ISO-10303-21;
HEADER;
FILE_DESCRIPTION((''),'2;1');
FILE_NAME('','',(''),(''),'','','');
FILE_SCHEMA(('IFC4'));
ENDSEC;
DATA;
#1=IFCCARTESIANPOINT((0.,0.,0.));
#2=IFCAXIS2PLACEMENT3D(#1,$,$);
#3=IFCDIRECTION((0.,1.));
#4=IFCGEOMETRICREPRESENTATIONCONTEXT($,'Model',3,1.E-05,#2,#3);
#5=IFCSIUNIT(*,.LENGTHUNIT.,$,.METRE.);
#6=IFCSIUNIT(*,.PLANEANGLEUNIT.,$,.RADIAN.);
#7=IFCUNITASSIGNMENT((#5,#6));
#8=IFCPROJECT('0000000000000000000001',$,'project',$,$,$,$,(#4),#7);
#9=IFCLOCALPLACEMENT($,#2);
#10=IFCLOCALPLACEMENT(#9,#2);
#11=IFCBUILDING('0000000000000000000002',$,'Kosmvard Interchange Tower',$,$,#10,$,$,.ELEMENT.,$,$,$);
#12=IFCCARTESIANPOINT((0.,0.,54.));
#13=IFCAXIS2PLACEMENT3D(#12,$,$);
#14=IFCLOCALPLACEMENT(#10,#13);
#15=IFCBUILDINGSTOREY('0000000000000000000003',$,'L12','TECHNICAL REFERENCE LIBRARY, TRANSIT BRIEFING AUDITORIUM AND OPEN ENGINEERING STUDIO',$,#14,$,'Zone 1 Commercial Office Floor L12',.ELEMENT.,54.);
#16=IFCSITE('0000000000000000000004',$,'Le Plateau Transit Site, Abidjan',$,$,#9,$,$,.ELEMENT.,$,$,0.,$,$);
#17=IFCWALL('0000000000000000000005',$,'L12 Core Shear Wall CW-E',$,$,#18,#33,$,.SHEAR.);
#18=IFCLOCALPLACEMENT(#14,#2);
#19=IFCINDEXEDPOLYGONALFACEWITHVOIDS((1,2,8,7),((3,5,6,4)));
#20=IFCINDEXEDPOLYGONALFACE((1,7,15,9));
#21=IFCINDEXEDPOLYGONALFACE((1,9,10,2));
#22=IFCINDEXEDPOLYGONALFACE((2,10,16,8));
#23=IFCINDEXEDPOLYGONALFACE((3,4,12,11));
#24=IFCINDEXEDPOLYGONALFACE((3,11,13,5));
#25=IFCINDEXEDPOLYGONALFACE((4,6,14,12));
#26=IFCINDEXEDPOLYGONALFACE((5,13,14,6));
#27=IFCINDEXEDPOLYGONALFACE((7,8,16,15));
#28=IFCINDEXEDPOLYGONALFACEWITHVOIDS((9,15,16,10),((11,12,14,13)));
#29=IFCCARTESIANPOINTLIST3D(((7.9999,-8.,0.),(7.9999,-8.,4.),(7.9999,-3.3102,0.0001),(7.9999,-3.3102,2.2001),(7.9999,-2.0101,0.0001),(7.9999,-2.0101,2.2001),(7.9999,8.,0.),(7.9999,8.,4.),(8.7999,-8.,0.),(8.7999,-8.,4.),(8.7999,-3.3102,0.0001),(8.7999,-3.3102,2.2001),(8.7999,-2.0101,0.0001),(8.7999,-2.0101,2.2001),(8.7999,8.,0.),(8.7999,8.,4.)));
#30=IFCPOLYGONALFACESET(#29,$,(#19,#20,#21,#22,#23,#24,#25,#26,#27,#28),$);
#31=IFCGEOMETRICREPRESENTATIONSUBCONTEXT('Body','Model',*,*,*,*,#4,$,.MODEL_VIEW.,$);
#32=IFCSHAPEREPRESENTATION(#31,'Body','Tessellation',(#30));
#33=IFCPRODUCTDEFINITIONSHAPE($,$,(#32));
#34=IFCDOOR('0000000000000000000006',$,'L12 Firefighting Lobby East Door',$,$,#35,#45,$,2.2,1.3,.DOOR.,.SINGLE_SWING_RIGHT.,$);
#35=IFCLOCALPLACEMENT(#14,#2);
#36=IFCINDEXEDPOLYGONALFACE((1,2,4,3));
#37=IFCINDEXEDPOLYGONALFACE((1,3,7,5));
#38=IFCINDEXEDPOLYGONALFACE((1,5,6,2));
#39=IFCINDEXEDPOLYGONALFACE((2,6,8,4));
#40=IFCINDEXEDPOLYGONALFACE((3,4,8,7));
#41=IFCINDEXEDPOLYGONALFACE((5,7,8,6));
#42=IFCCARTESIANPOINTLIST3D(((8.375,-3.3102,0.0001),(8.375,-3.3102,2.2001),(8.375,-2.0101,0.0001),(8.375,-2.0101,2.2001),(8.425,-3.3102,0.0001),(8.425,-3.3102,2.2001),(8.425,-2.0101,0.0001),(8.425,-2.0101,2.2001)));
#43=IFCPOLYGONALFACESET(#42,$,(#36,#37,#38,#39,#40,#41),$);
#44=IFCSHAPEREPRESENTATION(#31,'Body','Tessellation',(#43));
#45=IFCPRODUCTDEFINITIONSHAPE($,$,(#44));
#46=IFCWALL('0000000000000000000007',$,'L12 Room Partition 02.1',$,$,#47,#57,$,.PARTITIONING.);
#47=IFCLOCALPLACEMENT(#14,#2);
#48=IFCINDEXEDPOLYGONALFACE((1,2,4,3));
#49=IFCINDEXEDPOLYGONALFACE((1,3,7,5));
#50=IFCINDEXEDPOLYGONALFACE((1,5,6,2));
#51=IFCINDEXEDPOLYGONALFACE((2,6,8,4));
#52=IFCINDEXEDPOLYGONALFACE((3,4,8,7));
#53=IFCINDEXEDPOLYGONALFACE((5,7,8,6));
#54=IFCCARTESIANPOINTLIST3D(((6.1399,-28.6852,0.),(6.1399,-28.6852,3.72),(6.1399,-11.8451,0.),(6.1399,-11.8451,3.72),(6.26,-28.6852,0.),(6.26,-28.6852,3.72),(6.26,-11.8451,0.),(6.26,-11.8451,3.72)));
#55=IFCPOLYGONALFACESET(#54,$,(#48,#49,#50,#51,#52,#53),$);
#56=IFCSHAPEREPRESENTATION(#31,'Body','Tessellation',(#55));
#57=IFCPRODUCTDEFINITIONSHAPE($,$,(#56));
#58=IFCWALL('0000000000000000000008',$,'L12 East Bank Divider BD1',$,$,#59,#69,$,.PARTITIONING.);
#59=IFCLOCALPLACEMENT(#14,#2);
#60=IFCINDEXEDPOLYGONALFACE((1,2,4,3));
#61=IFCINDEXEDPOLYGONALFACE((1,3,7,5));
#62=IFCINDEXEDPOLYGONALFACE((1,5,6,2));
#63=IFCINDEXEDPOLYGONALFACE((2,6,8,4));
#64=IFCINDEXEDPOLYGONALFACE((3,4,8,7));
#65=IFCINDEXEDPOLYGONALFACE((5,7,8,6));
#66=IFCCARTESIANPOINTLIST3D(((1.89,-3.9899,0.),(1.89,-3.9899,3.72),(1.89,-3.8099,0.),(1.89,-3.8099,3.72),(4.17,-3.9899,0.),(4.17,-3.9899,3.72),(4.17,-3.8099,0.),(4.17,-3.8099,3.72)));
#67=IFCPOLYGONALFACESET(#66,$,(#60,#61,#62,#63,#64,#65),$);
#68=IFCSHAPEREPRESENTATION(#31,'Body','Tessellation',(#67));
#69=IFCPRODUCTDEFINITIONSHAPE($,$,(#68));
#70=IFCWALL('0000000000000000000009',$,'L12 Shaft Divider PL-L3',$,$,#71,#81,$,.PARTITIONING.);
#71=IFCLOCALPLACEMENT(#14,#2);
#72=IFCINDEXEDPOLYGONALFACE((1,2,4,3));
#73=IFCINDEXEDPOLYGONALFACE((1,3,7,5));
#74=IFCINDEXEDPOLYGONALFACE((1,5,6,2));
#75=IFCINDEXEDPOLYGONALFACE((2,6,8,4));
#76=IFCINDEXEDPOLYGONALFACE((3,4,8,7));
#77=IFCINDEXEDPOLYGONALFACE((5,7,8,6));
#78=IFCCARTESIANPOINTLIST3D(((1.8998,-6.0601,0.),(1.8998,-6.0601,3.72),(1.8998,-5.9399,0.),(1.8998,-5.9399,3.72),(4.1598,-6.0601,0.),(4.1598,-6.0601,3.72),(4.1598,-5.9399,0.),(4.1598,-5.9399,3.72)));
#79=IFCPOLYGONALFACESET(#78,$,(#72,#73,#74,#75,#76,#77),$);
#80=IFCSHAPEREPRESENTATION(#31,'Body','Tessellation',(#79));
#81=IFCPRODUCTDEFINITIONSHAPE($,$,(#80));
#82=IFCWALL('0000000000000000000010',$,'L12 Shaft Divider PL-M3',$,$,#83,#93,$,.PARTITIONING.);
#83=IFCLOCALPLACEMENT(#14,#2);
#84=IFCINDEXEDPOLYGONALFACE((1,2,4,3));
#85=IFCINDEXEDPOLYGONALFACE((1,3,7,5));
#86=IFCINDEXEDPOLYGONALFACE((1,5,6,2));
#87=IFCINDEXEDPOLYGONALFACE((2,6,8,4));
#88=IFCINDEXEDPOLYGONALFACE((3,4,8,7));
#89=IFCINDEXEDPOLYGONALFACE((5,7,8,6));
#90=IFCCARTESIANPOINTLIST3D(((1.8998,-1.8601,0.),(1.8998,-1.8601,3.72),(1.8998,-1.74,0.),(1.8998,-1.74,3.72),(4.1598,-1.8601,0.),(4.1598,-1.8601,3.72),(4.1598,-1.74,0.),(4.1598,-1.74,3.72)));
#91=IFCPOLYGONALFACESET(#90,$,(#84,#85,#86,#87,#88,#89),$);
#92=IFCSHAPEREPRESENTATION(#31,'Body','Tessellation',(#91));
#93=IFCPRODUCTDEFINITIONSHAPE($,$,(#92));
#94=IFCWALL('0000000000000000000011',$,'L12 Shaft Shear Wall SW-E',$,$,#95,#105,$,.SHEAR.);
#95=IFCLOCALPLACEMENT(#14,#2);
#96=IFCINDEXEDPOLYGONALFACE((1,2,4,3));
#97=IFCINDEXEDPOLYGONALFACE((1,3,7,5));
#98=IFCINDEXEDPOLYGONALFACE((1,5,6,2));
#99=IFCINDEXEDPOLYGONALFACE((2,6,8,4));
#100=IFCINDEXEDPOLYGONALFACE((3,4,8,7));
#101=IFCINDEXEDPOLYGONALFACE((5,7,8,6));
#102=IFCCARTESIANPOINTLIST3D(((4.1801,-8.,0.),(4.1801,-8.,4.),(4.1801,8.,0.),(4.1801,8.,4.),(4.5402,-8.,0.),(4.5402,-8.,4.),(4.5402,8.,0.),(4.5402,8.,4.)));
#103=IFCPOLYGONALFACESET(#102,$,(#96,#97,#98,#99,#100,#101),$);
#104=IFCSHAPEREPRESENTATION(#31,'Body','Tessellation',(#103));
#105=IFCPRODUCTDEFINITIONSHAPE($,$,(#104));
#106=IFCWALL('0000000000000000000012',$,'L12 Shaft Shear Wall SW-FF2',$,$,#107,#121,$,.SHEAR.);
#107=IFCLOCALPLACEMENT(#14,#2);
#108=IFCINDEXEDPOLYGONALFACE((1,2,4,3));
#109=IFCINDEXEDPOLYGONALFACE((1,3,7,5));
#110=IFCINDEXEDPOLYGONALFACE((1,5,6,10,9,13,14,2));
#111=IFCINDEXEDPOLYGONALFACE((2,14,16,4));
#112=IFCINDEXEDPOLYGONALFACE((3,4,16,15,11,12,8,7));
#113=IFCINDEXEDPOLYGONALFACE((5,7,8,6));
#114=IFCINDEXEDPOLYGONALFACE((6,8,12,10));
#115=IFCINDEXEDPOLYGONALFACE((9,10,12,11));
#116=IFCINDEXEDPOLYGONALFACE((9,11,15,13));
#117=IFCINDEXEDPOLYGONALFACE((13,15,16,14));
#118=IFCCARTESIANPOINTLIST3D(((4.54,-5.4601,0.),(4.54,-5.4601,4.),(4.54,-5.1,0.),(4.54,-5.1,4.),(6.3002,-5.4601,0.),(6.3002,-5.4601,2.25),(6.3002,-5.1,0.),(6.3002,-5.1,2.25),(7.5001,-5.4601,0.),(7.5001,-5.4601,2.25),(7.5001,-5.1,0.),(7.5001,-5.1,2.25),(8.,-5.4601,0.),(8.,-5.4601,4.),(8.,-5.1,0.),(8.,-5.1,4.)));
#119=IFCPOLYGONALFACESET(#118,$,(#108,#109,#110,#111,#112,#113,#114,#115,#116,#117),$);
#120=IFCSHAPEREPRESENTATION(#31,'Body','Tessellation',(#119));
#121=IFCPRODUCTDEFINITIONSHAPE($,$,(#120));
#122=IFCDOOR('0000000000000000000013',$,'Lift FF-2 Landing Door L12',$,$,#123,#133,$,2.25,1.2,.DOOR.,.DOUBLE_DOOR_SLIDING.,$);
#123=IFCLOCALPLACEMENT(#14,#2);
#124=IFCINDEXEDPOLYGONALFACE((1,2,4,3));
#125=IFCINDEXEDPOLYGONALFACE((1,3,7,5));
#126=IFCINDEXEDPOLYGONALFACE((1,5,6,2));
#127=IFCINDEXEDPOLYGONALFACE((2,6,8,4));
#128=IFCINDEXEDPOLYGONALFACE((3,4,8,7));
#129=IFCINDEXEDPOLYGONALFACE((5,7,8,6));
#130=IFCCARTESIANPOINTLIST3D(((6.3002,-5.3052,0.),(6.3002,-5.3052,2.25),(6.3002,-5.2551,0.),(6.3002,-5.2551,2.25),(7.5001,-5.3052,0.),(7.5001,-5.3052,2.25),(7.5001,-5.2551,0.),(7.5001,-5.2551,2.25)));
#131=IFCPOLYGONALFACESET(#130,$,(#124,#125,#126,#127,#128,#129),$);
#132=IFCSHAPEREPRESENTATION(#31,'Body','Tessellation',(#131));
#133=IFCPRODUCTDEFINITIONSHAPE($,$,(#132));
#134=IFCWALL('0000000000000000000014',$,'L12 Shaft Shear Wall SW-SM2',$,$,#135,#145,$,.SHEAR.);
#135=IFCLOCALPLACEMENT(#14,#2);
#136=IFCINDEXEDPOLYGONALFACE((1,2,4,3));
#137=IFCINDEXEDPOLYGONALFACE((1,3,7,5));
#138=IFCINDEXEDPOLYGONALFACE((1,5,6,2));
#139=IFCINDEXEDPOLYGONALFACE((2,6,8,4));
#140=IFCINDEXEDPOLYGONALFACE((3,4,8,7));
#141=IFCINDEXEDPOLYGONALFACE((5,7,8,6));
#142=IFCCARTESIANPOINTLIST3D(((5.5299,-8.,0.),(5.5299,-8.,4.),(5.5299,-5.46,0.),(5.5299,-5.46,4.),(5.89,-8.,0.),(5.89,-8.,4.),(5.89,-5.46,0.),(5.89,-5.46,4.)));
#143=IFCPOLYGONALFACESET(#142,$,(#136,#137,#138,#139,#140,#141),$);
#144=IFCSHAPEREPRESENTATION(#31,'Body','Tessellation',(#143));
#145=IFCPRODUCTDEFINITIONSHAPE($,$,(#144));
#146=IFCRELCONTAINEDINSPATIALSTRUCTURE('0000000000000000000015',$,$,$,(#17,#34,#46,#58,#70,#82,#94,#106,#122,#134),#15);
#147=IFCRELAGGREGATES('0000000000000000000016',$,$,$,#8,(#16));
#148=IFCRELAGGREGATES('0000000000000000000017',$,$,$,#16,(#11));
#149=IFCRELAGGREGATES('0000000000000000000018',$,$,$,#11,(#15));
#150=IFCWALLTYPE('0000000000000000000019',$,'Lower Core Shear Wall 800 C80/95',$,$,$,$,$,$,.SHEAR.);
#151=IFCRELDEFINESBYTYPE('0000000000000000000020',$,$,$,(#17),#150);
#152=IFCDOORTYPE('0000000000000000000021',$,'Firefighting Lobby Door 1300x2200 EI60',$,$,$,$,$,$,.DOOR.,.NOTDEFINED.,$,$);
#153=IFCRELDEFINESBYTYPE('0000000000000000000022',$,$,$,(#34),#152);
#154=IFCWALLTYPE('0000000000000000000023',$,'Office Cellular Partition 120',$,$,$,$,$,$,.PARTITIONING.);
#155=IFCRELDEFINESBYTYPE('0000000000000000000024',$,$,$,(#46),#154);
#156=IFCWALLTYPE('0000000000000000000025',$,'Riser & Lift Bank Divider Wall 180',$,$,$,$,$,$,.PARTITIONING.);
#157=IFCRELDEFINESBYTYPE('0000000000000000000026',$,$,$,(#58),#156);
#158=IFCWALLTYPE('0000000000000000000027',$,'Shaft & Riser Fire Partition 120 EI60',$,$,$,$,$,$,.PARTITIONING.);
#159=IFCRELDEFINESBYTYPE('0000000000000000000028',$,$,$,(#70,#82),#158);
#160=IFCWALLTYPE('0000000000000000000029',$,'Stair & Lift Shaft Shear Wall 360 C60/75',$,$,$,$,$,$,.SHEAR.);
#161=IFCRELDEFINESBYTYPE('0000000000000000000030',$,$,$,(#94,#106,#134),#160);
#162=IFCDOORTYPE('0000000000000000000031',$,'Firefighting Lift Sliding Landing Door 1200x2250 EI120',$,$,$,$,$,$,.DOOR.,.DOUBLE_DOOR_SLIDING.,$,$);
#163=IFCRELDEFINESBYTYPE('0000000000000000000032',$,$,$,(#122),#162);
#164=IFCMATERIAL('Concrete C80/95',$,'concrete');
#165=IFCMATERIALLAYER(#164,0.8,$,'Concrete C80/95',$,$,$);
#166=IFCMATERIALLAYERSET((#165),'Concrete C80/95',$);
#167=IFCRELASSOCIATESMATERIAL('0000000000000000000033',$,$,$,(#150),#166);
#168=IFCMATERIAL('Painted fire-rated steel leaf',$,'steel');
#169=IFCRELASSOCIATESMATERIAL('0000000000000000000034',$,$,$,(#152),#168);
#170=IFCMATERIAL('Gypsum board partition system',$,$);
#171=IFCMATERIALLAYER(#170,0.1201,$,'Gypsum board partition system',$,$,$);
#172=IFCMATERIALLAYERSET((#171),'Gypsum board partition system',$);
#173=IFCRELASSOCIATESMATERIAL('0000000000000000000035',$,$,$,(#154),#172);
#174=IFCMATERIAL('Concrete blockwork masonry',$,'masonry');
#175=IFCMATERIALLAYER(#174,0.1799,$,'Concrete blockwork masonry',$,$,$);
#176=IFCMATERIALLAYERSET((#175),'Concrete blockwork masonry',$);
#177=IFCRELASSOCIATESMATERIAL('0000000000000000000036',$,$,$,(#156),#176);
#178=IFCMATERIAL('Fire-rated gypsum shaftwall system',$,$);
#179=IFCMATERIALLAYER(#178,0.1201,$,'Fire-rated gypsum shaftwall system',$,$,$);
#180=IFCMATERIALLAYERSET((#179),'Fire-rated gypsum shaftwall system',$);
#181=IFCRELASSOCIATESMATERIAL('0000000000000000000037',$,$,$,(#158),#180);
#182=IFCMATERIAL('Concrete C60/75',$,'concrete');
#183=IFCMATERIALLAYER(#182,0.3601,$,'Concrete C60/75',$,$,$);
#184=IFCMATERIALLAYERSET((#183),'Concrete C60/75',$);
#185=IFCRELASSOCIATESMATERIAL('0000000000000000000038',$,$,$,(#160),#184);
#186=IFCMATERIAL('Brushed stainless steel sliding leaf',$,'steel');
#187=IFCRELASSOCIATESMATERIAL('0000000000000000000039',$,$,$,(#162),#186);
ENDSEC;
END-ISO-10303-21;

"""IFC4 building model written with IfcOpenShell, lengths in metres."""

from ifc_helpers import new_model, si_unit, direction, frame, frame_2d, origin, place, context, subcontext, project, spatial, rectangle, extrude, source, transform, mapped, material, layer, layer_set, type_object, element, fill, save


model = new_model("IFC4")

# Units and contexts
model_context = context("Model", 3, precision=1e-05, world=origin(), true_north=direction((0.0, 1.0)))
body_context = subcontext(model_context, "Body", "Model", "MODEL_VIEW")
ifc_project = project(units=[si_unit("LENGTHUNIT", "METRE"), si_unit("PLANEANGLEUNIT", "RADIAN")], contexts=[model_context])

# Site, building, storey
site_placement = place(None, origin())
site = spatial("IfcSite", under=ifc_project, at=site_placement, Name="Le Plateau Transit Site, Abidjan", CompositionType="ELEMENT", RefElevation=0.0)
building_placement = place(site_placement, origin())
building = spatial("IfcBuilding", under=site, at=building_placement, Name="Kosmvard Interchange Tower", CompositionType="ELEMENT")
storey_placement = place(building_placement, frame((0.0, 0.0, 54.0)))
storey = spatial("IfcBuildingStorey", under=building, at=storey_placement, Name="L12", Description="TECHNICAL REFERENCE LIBRARY, TRANSIT BRIEFING AUDITORIUM AND OPEN ENGINEERING STUDIO", LongName="Zone 1 Commercial Office Floor L12", CompositionType="ELEMENT", Elevation=54.0)

# Shared definitions
ifc_material_1 = material(Name="Concrete C80/95", Category="concrete")
ifc_material_2 = material(Name="Concrete C60/75", Category="concrete")

# Shared definitions
ifc_material_3 = material(Name="Brushed stainless steel sliding leaf", Category="steel")

# Wall, opening, door
ifc_layer_1 = layer(ifc_material_1, 0.8, Name="Concrete C80/95")
ifc_layer_set_1 = layer_set([ifc_layer_1], Name="Concrete C80/95")
wall_type_1 = type_object("IfcWallType", Name="Lower Core Shear Wall 800 C80/95", PredefinedType="SHEAR", material=ifc_layer_set_1)
wall_1_placement = place(storey_placement, frame((8.3999, -8.0, 0.0), z_axis=(0.0, 0.0, 1.0), x_axis=(0.0, 1.0, 0.0)))
wall_1 = element("IfcWall", 1, at=wall_1_placement, inside=storey, type_object=wall_type_1, Name="L12 Core Shear Wall CW-E", PredefinedType="SHEAR", context=body_context, shape_type="SweptSolid", body=[
    extrude(rectangle(XDim=16.0, YDim=0.8, at=frame_2d((8.0, 0.0))), origin(), (0.0, 0.0, 1.0), 4.0),
])
opening_1_placement = place(wall_1_placement, frame((4.6899, 0.0, 0.0)))
opening_1 = element("IfcOpeningElement", 2, at=opening_1_placement, cuts=wall_1, PredefinedType="OPENING", context=body_context, shape_type="SweptSolid", body=[
    extrude(rectangle(XDim=1.3, YDim=2.2, at=frame_2d((0.6499, 1.1001))), frame((0.0, 0.4102, 0.0), z_axis=(0.0, -1.0, 0.0), x_axis=(1.0, 0.0, 0.0)), (0.0, 0.0, 1.0), 0.8201),
])
ifc_material_4 = material(Name="Painted fire-rated steel leaf", Category="steel")
door_type_1 = type_object("IfcDoorType", Name="Firefighting Lobby Door 1300x2200 EI60", OperationType="NOTDEFINED", PredefinedType="DOOR", material=ifc_material_4)
shared_shape_1 = source(origin(), body_context, "Body", "SweptSolid", [
    extrude(rectangle(XDim=1.3, YDim=2.2, at=frame_2d((0.6499, 1.1001))), frame((0.0, 0.0249, 0.0), z_axis=(0.0, -1.0, 0.0), x_axis=(1.0, 0.0, 0.0)), (0.0, 0.0, 1.0), 0.05),
])
door_1_placement = place(opening_1_placement, origin())
door_1 = element("IfcDoor", 3, at=door_1_placement, inside=storey, type_object=door_type_1, Name="L12 Firefighting Lobby East Door", OperationType="SINGLE_SWING_RIGHT", OverallHeight=2.2, OverallWidth=1.3, PredefinedType="DOOR", context=body_context, shape_type="MappedRepresentation", body=[
    mapped(shared_shape_1, transform((0.0, 0.0, 0.0), scale=1.0)),
])
fill(opening_1, door_1)

# Walls
ifc_material_5 = material(Name="Gypsum board partition system")
ifc_layer_2 = layer(ifc_material_5, 0.1201, Name="Gypsum board partition system")
ifc_layer_set_2 = layer_set([ifc_layer_2], Name="Gypsum board partition system")
wall_type_2 = type_object("IfcWallType", Name="Office Cellular Partition 120", PredefinedType="PARTITIONING", material=ifc_layer_set_2)
wall_2_placement = place(storey_placement, frame((6.2, -28.6851, 0.0), z_axis=(0.0, 0.0, 1.0), x_axis=(0.0, 1.0, 0.0)))
element("IfcWall", 4, at=wall_2_placement, inside=storey, type_object=wall_type_2, Name="L12 Room Partition 02.1", PredefinedType="PARTITIONING", context=body_context, shape_type="SweptSolid", body=[
    extrude(rectangle(XDim=16.8401, YDim=0.1201, at=frame_2d((8.4199, 0.0))), origin(), (0.0, 0.0, 1.0), 3.72),
])
ifc_material_6 = material(Name="Concrete blockwork masonry", Category="masonry")
ifc_layer_3 = layer(ifc_material_6, 0.1799, Name="Concrete blockwork masonry")
ifc_layer_set_3 = layer_set([ifc_layer_3], Name="Concrete blockwork masonry")
wall_type_3 = type_object("IfcWallType", Name="Riser & Lift Bank Divider Wall 180", PredefinedType="PARTITIONING", material=ifc_layer_set_3)
wall_3_placement = place(storey_placement, frame((1.8899, -3.8999, 0.0), z_axis=(0.0, 0.0, 1.0), x_axis=(1.0, 0.0, 0.0)))
element("IfcWall", 5, at=wall_3_placement, inside=storey, type_object=wall_type_3, Name="L12 East Bank Divider BD1", PredefinedType="PARTITIONING", context=body_context, shape_type="SweptSolid", body=[
    extrude(rectangle(XDim=2.28, YDim=0.1799, at=frame_2d((1.1401, 0.0))), origin(), (0.0, 0.0, 1.0), 3.72),
])
ifc_material_7 = material(Name="Fire-rated gypsum shaftwall system")
ifc_layer_4 = layer(ifc_material_7, 0.1201, Name="Fire-rated gypsum shaftwall system")
ifc_layer_set_4 = layer_set([ifc_layer_4], Name="Fire-rated gypsum shaftwall system")
wall_type_4 = type_object("IfcWallType", Name="Shaft & Riser Fire Partition 120 EI60", PredefinedType="PARTITIONING", material=ifc_layer_set_4)
for number, where, z_axis, x_axis, name in (
    (6, (1.8999, -6.0, 0.0), (0.0, 0.0, 1.0), (1.0, 0.0, 0.0), "L12 Shaft Divider PL-L3"),
    (7, (1.8999, -1.8, 0.0), (0.0, 0.0, 1.0), (1.0, 0.0, 0.0), "L12 Shaft Divider PL-M3"),
):
    element("IfcWall", number, at=place(storey_placement, frame(where, z_axis=z_axis, x_axis=x_axis)), inside=storey, type_object=wall_type_4, Name=name, PredefinedType="PARTITIONING", context=body_context, shape_type="SweptSolid", body=[
        extrude(rectangle(XDim=2.26, YDim=0.1201, at=frame_2d((1.1299, 0.0))), origin(), (0.0, 0.0, 1.0), 3.72),
    ])
ifc_layer_5 = layer(ifc_material_2, 0.3601, Name="Concrete C60/75")
ifc_layer_set_5 = layer_set([ifc_layer_5], Name="Concrete C60/75")
wall_type_5 = type_object("IfcWallType", Name="Stair & Lift Shaft Shear Wall 360 C60/75", PredefinedType="SHEAR", material=ifc_layer_set_5)
wall_4_placement = place(storey_placement, frame((4.3601, -8.0, 0.0), z_axis=(0.0, 0.0, 1.0), x_axis=(0.0, 1.0, 0.0)))
element("IfcWall", 8, at=wall_4_placement, inside=storey, type_object=wall_type_5, Name="L12 Shaft Shear Wall SW-E", PredefinedType="SHEAR", context=body_context, shape_type="SweptSolid", body=[
    extrude(rectangle(XDim=16.0, YDim=0.3601, at=frame_2d((8.0, 0.0))), origin(), (0.0, 0.0, 1.0), 4.0),
])

# Wall, opening, door
wall_5_placement = place(storey_placement, frame((4.54, -5.28, 0.0), z_axis=(0.0, 0.0, 1.0), x_axis=(1.0, 0.0, 0.0)))
wall_5 = element("IfcWall", 9, at=wall_5_placement, inside=storey, type_object=wall_type_5, Name="L12 Shaft Shear Wall SW-FF2", PredefinedType="SHEAR", context=body_context, shape_type="SweptSolid", body=[
    extrude(rectangle(XDim=3.46, YDim=0.3601, at=frame_2d((1.73, 0.0))), origin(), (0.0, 0.0, 1.0), 4.0),
])
opening_2_placement = place(wall_5_placement, frame((1.76, 0.0, 0.0)))
opening_2 = element("IfcOpeningElement", 10, at=opening_2_placement, cuts=wall_5, PredefinedType="OPENING", context=body_context, shape_type="SweptSolid", body=[
    extrude(rectangle(XDim=1.2, YDim=2.25, at=frame_2d((0.6001, 1.125))), frame((0.0, 0.1899, 0.0), z_axis=(0.0, -1.0, 0.0), x_axis=(1.0, 0.0, 0.0)), (0.0, 0.0, 1.0), 0.3801),
])
door_type_2 = type_object("IfcDoorType", Name="Firefighting Lift Sliding Landing Door 1200x2250 EI120", OperationType="DOUBLE_DOOR_SLIDING", PredefinedType="DOOR", material=ifc_material_3)
shared_shape_2 = source(origin(), body_context, "Body", "SweptSolid", [
    extrude(rectangle(XDim=1.2, YDim=2.25, at=frame_2d((0.6001, 1.125))), frame((0.0, 0.0249, 0.0), z_axis=(0.0, -1.0, 0.0), x_axis=(1.0, 0.0, 0.0)), (0.0, 0.0, 1.0), 0.05),
])
door_2_placement = place(opening_2_placement, origin())
door_2 = element("IfcDoor", 11, at=door_2_placement, inside=storey, type_object=door_type_2, Name="Lift FF-2 Landing Door L12", OperationType="DOUBLE_DOOR_SLIDING", OverallHeight=2.25, OverallWidth=1.2, PredefinedType="DOOR", context=body_context, shape_type="MappedRepresentation", body=[
    mapped(shared_shape_2, transform((0.0, 0.0, 0.0), scale=1.0)),
])
fill(opening_2, door_2)

# Wall
wall_6_placement = place(storey_placement, frame((5.71, -8.0, 0.0), z_axis=(0.0, 0.0, 1.0), x_axis=(0.0, 1.0, 0.0)))
element("IfcWall", 12, at=wall_6_placement, inside=storey, type_object=wall_type_5, Name="L12 Shaft Shear Wall SW-SM2", PredefinedType="SHEAR", context=body_context, shape_type="SweptSolid", body=[
    extrude(rectangle(XDim=2.54, YDim=0.3601, at=frame_2d((1.27, 0.0))), origin(), (0.0, 0.0, 1.0), 4.0),
])

save(model, "model.ifc")
